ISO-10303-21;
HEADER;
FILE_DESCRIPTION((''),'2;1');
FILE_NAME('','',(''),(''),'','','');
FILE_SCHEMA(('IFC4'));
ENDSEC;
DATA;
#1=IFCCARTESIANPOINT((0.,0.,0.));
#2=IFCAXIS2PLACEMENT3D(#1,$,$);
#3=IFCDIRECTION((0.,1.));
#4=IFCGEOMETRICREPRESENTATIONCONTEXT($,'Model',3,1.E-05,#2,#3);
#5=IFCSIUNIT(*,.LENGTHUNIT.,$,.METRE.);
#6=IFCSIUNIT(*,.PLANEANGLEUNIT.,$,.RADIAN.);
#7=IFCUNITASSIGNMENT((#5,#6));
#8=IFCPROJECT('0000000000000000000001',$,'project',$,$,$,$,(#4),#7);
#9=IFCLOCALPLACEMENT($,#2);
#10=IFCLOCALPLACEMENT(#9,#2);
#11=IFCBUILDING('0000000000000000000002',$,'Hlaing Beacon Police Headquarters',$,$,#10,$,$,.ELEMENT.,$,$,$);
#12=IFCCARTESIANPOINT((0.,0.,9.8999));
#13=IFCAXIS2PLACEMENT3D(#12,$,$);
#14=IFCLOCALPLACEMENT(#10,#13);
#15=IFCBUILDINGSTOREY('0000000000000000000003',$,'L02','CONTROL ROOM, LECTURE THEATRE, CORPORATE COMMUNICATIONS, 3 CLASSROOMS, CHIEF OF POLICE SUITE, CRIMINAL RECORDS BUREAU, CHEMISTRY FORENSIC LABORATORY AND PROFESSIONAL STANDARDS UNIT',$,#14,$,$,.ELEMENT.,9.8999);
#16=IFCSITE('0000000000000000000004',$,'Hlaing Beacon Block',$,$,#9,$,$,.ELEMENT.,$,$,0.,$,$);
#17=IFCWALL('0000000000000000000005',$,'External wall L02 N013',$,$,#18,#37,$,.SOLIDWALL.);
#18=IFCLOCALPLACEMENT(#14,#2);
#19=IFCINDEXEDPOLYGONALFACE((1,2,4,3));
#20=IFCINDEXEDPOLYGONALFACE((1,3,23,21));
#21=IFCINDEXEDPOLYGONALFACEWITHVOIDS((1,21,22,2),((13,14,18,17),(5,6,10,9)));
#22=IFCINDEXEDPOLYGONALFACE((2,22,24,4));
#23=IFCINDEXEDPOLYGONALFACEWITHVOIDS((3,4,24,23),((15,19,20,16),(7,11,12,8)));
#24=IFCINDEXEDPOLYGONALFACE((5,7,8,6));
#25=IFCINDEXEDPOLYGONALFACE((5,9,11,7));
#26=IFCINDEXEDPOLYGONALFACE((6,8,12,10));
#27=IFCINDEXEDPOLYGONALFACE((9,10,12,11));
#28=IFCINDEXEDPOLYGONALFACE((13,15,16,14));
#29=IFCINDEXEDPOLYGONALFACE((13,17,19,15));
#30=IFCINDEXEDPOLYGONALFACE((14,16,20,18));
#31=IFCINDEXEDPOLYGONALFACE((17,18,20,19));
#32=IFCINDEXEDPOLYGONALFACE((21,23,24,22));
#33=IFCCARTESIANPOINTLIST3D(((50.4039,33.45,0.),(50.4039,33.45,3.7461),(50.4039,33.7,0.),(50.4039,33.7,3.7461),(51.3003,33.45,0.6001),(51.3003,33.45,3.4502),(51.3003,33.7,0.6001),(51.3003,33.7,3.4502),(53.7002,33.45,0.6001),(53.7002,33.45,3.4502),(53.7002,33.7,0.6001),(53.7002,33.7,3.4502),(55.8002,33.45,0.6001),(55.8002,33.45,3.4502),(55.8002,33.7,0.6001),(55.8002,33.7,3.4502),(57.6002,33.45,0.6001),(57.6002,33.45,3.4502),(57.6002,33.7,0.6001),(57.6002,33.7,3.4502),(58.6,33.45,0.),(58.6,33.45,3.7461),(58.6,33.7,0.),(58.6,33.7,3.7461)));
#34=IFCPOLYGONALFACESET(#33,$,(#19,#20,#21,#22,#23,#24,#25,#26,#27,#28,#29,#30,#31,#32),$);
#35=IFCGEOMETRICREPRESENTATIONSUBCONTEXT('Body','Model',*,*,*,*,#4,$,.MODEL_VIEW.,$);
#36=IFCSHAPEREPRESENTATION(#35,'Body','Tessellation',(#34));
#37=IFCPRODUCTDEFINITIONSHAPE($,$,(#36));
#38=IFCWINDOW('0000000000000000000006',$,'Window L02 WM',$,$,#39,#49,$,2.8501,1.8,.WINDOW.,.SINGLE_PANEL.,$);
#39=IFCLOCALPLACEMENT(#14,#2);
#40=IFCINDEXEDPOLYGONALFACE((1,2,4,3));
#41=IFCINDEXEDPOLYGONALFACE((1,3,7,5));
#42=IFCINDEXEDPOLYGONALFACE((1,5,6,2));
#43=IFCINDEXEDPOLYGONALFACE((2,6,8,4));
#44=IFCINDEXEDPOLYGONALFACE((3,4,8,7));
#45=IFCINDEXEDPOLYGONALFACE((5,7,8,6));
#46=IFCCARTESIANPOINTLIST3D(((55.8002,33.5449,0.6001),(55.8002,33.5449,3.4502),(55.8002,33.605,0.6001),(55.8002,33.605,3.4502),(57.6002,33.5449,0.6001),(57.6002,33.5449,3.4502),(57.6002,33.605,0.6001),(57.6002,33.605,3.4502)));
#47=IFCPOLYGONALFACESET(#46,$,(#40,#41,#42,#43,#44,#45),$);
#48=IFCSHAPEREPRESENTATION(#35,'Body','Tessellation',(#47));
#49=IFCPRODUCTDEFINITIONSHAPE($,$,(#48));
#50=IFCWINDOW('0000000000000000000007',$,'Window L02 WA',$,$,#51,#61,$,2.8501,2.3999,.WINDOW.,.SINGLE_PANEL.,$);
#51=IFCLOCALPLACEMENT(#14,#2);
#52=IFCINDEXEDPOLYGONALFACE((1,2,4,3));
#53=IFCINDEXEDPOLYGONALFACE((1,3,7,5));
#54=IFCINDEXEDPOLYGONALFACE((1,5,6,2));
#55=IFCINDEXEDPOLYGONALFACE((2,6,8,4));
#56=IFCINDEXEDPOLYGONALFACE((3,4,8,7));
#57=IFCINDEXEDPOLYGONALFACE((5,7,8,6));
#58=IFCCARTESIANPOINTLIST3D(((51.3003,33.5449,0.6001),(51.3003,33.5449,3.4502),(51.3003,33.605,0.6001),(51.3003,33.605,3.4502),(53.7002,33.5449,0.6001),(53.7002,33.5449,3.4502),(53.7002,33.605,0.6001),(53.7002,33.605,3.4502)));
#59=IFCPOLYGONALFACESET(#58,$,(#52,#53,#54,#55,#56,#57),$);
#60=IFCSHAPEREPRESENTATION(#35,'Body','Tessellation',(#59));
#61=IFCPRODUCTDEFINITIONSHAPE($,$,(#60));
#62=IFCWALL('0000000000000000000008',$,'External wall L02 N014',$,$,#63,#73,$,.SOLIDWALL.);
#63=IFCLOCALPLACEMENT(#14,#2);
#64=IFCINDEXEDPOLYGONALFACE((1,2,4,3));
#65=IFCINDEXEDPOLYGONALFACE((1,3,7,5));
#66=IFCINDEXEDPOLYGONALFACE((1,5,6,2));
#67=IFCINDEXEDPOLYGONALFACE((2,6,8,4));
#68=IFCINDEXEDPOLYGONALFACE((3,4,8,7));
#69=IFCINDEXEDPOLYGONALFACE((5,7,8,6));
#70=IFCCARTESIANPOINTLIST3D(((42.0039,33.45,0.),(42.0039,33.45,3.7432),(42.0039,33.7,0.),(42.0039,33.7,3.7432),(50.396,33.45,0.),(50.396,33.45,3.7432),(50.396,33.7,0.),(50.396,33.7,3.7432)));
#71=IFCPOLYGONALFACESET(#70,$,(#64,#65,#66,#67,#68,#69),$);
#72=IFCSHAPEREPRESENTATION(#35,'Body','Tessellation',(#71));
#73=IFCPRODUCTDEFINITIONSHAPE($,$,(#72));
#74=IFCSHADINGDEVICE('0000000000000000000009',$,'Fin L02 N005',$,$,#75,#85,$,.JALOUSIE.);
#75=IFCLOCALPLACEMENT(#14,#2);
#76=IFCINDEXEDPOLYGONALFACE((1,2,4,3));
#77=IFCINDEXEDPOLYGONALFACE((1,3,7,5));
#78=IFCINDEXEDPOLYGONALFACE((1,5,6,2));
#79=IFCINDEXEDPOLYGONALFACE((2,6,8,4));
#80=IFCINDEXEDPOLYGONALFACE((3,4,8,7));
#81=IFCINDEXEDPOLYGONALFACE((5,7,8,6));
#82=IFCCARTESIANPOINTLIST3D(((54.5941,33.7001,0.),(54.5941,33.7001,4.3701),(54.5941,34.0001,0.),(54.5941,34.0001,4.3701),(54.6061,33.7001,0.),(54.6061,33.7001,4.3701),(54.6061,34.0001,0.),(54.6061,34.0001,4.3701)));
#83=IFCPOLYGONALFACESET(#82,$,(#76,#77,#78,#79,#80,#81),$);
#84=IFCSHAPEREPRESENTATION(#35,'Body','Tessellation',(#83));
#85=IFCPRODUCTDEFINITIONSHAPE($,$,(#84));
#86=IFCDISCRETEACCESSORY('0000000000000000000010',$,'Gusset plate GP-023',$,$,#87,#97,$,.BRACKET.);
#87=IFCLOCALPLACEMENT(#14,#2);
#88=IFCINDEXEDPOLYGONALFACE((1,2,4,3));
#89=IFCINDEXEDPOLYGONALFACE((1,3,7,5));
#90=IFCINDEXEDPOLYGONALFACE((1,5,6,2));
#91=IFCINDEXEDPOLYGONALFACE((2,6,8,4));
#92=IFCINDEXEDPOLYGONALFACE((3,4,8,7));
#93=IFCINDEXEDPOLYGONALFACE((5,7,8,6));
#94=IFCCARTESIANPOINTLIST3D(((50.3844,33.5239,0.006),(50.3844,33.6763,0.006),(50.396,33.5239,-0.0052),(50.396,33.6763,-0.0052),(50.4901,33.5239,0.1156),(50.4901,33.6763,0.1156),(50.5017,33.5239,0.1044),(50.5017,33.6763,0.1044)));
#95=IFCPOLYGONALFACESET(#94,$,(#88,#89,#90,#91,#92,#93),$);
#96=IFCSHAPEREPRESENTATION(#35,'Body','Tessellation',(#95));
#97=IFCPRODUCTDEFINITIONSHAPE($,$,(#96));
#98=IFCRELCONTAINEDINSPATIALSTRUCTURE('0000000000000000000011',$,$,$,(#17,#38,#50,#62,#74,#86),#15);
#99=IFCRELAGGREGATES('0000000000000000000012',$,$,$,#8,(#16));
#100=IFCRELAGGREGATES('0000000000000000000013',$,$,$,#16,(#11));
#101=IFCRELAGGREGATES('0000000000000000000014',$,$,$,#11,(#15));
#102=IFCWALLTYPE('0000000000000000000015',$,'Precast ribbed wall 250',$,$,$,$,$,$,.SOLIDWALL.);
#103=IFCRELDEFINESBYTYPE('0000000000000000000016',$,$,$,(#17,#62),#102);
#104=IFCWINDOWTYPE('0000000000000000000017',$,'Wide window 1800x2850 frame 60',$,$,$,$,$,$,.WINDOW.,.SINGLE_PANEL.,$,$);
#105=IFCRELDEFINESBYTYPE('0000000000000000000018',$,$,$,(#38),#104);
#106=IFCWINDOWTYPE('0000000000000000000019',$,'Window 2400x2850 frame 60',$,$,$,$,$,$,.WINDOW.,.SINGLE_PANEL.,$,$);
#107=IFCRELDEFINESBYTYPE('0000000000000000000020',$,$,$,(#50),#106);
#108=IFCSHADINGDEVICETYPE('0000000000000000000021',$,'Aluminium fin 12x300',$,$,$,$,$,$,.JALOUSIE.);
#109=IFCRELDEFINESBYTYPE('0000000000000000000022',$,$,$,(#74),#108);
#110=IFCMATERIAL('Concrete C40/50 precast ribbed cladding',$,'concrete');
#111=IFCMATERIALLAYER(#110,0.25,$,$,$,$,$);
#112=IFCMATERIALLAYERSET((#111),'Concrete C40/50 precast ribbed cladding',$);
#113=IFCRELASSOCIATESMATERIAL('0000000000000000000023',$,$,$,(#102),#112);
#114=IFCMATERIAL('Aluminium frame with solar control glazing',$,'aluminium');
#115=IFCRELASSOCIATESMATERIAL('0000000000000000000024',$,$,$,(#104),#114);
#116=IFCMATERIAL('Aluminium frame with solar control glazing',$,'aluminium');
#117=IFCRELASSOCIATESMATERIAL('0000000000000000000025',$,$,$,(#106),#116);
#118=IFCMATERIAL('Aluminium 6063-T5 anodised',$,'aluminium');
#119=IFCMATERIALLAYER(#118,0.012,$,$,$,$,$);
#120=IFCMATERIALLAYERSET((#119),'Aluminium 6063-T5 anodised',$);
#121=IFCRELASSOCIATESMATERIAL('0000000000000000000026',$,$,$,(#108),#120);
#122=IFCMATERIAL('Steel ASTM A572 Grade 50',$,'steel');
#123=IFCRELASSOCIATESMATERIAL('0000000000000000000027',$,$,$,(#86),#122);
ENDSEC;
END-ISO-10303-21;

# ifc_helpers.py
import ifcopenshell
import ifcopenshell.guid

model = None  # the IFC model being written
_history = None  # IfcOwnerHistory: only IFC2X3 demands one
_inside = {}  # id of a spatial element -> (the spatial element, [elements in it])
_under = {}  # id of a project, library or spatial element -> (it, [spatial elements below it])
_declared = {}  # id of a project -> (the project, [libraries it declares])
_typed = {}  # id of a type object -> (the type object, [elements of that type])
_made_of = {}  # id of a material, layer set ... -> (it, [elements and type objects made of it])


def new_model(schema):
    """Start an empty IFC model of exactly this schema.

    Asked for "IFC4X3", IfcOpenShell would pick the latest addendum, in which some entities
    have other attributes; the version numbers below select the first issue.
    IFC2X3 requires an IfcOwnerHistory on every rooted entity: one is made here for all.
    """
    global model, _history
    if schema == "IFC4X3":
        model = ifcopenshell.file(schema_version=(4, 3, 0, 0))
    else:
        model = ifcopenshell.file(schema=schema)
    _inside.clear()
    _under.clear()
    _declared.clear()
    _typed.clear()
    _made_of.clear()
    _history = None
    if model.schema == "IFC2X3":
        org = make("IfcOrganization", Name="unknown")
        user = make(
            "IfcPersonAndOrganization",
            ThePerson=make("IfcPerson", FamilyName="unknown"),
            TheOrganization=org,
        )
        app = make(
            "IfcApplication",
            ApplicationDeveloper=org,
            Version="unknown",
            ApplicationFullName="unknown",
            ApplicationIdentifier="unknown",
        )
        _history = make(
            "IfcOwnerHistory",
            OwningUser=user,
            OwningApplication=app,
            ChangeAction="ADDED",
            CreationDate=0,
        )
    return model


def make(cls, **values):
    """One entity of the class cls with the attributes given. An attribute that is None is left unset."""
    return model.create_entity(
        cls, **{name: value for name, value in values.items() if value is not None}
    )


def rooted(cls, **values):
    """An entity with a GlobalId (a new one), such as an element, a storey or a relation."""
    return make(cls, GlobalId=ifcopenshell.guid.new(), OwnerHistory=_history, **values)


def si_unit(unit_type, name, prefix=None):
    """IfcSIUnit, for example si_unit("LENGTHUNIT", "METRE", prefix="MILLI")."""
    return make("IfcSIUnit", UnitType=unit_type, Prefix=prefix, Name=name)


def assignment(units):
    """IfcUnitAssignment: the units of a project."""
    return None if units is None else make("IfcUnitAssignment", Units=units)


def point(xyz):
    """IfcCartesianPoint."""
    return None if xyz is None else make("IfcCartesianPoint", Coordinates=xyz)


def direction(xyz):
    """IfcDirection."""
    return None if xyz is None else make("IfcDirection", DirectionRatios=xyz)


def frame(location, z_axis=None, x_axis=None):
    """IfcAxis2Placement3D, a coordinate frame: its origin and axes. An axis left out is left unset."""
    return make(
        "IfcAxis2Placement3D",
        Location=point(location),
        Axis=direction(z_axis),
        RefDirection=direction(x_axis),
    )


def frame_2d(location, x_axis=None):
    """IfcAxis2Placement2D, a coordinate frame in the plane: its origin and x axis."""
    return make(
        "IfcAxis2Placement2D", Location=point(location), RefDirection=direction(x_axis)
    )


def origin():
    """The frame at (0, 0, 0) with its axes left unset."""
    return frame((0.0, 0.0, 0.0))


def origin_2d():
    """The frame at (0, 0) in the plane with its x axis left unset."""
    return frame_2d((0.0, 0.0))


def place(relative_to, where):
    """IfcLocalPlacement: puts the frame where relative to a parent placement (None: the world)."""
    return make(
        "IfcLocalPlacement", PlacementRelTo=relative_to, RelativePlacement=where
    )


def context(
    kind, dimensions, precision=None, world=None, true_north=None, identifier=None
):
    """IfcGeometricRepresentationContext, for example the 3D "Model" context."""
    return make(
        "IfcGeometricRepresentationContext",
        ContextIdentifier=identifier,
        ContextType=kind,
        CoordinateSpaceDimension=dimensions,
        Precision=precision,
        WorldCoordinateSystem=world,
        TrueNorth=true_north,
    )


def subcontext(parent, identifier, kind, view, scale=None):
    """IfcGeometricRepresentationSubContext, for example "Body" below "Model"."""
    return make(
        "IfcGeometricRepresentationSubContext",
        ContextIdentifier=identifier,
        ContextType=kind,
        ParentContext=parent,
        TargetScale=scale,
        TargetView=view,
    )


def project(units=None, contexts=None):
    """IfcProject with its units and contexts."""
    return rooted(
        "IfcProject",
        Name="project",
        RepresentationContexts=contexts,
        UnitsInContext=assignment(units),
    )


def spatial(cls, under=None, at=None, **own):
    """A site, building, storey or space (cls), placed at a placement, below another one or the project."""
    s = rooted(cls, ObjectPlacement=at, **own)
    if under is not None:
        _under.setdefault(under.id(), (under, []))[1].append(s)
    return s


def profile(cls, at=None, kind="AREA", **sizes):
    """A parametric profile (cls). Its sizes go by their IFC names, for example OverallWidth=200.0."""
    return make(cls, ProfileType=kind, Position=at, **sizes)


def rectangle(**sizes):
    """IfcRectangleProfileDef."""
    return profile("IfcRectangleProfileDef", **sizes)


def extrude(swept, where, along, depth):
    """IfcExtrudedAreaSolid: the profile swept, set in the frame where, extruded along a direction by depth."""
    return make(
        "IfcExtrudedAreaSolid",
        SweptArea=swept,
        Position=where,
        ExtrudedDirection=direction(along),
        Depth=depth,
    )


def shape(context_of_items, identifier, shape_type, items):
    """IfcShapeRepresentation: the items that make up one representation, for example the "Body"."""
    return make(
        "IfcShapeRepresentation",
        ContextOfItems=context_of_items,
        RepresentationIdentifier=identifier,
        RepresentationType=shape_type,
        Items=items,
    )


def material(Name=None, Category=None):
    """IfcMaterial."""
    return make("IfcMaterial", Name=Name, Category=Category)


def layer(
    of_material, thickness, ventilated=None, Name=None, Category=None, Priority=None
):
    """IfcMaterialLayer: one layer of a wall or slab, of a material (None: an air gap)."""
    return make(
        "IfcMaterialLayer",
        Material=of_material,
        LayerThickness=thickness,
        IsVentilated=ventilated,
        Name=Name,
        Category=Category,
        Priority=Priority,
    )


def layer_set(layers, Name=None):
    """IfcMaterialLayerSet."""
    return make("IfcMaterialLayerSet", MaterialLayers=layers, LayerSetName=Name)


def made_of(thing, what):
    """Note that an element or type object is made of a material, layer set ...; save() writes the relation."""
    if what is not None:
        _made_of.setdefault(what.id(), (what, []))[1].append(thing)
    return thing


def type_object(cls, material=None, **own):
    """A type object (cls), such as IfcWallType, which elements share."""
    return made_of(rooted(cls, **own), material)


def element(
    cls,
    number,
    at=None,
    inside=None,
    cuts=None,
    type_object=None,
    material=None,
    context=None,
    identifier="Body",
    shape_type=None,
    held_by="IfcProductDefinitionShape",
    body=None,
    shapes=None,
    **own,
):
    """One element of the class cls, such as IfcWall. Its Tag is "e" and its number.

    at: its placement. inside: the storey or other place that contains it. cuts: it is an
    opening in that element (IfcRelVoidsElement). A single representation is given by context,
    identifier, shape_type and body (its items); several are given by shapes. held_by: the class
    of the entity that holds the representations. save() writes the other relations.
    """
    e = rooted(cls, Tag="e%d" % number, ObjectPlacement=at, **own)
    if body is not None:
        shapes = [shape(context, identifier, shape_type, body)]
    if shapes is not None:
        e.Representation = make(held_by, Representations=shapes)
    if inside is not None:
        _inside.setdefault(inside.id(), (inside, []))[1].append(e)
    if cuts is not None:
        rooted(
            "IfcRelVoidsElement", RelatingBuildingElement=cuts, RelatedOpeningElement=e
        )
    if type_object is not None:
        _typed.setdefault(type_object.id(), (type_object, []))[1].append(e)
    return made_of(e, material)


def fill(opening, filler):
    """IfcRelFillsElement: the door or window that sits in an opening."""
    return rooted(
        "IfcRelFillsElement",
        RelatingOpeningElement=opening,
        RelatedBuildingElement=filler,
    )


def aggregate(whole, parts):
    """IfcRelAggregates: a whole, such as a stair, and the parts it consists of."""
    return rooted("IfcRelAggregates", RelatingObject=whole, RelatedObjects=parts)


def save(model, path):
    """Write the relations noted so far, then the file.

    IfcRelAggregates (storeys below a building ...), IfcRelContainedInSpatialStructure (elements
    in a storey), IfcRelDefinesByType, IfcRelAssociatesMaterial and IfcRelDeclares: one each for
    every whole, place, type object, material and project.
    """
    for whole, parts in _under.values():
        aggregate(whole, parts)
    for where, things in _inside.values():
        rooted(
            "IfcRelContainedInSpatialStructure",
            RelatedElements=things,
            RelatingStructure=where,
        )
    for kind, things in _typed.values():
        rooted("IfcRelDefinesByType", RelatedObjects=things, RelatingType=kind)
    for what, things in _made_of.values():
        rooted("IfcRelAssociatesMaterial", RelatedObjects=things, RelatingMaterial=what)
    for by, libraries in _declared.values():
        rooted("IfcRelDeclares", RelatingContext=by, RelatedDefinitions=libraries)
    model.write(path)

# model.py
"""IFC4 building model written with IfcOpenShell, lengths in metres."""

from ifc_helpers import new_model, si_unit, direction, frame, frame_2d, origin, origin_2d, place, context, subcontext, project, spatial, rectangle, extrude, material, layer, layer_set, type_object, element, fill, save


model = new_model("IFC4")

# Units and contexts
model_context = context("Model", 3, precision=1e-05, world=origin(), true_north=direction((0.0, 1.0)))
body_context = subcontext(model_context, "Body", "Model", "MODEL_VIEW")
ifc_project = project(units=[si_unit("LENGTHUNIT", "METRE"), si_unit("PLANEANGLEUNIT", "RADIAN")], contexts=[model_context])

# Site, building, storey
site_placement = place(None, origin())
site = spatial("IfcSite", under=ifc_project, at=site_placement, Name="Hlaing Beacon Block", CompositionType="ELEMENT", RefElevation=0.0)
building_placement = place(site_placement, origin())
building = spatial("IfcBuilding", under=site, at=building_placement, Name="Hlaing Beacon Police Headquarters", CompositionType="ELEMENT")
storey_placement = place(building_placement, frame((0.0, 0.0, 9.8999)))
storey = spatial("IfcBuildingStorey", under=building, at=storey_placement, Name="L02", Description="CONTROL ROOM, LECTURE THEATRE, CORPORATE COMMUNICATIONS, 3 CLASSROOMS, CHIEF OF POLICE SUITE, CRIMINAL RECORDS BUREAU, CHEMISTRY FORENSIC LABORATORY AND PROFESSIONAL STANDARDS UNIT", CompositionType="ELEMENT", Elevation=9.8999)

# Wall, openings, windows
ifc_material_1 = material(Name="Concrete C40/50 precast ribbed cladding", Category="concrete")
ifc_layer_1 = layer(ifc_material_1, 0.25)
ifc_layer_set_1 = layer_set([ifc_layer_1], Name="Concrete C40/50 precast ribbed cladding")
wall_type_1 = type_object("IfcWallType", Name="Precast ribbed wall 250", PredefinedType="SOLIDWALL", material=ifc_layer_set_1)
wall_1_placement = place(storey_placement, frame((58.6001, 33.575, 0.0), z_axis=(0.0, 0.0, 1.0), x_axis=(-1.0, 0.0, 0.0)))
wall_1 = element("IfcWall", 1, at=wall_1_placement, inside=storey, type_object=wall_type_1, Name="External wall L02 N013", PredefinedType="SOLIDWALL", context=body_context, shape_type="SweptSolid", body=[
    extrude(rectangle(XDim=8.196, YDim=0.25, at=frame_2d((4.0981, 0.0))), origin(), (0.0, 0.0, 1.0), 3.7461),
])
opening_1_placement = place(wall_1_placement, frame((1.0, 0.0, 0.6001)))
opening_1 = element("IfcOpeningElement", 2, at=opening_1_placement, cuts=wall_1, PredefinedType="OPENING", context=body_context, shape_type="SweptSolid", body=[
    extrude(rectangle(XDim=1.8, YDim=2.8501, at=frame_2d((0.8999, 1.425))), frame((0.0, 0.135, 0.0), z_axis=(0.0, -1.0, 0.0), x_axis=(1.0, 0.0, 0.0)), (0.0, 0.0, 1.0), 0.27),
])
opening_2_placement = place(wall_1_placement, frame((4.8999, 0.0, 0.6001)))
opening_2 = element("IfcOpeningElement", 3, at=opening_2_placement, cuts=wall_1, PredefinedType="OPENING", context=body_context, shape_type="SweptSolid", body=[
    extrude(rectangle(XDim=2.3999, YDim=2.8501, at=frame_2d((1.2, 1.425))), frame((0.0, 0.135, 0.0), z_axis=(0.0, -1.0, 0.0), x_axis=(1.0, 0.0, 0.0)), (0.0, 0.0, 1.0), 0.27),
])
ifc_material_2 = material(Name="Aluminium frame with solar control glazing", Category="aluminium")
window_type_1 = type_object("IfcWindowType", Name="Wide window 1800x2850 frame 60", PartitioningType="SINGLE_PANEL", PredefinedType="WINDOW", material=ifc_material_2)
window_1_placement = place(opening_1_placement, origin())
window_1 = element("IfcWindow", 4, at=window_1_placement, inside=storey, type_object=window_type_1, Name="Window L02 WM", OverallHeight=2.8501, OverallWidth=1.8, PartitioningType="SINGLE_PANEL", PredefinedType="WINDOW", context=body_context, shape_type="SweptSolid", body=[
    extrude(rectangle(XDim=1.8, YDim=2.8501, at=frame_2d((0.8999, 1.425))), frame((0.0, 0.03, 0.0), z_axis=(0.0, -1.0, 0.0), x_axis=(1.0, 0.0, 0.0)), (0.0, 0.0, 1.0), 0.0601),
])
fill(opening_1, window_1)
ifc_material_3 = material(Name="Aluminium frame with solar control glazing", Category="aluminium")
window_type_2 = type_object("IfcWindowType", Name="Window 2400x2850 frame 60", PartitioningType="SINGLE_PANEL", PredefinedType="WINDOW", material=ifc_material_3)
window_2_placement = place(opening_2_placement, origin())
window_2 = element("IfcWindow", 5, at=window_2_placement, inside=storey, type_object=window_type_2, Name="Window L02 WA", OverallHeight=2.8501, OverallWidth=2.3999, PartitioningType="SINGLE_PANEL", PredefinedType="WINDOW", context=body_context, shape_type="SweptSolid", body=[
    extrude(rectangle(XDim=2.3999, YDim=2.8501, at=frame_2d((1.2, 1.425))), frame((0.0, 0.03, 0.0), z_axis=(0.0, -1.0, 0.0), x_axis=(1.0, 0.0, 0.0)), (0.0, 0.0, 1.0), 0.0601),
])
fill(opening_2, window_2)

# Wall
wall_2_placement = place(storey_placement, frame((50.396, 33.575, 0.0), z_axis=(0.0, 0.0, 1.0), x_axis=(-1.0, 0.0, 0.0)))
element("IfcWall", 6, at=wall_2_placement, inside=storey, type_object=wall_type_1, Name="External wall L02 N014", PredefinedType="SOLIDWALL", context=body_context, shape_type="SweptSolid", body=[
    extrude(rectangle(XDim=8.3921, YDim=0.25, at=frame_2d((4.196, 0.0))), origin(), (0.0, 0.0, 1.0), 3.7432),
])

# Shading device
ifc_material_4 = material(Name="Aluminium 6063-T5 anodised", Category="aluminium")
ifc_layer_2 = layer(ifc_material_4, 0.012)
ifc_layer_set_2 = layer_set([ifc_layer_2], Name="Aluminium 6063-T5 anodised")
shading_device_type = type_object("IfcShadingDeviceType", Name="Aluminium fin 12x300", PredefinedType="JALOUSIE", material=ifc_layer_set_2)
shading_device_placement = place(storey_placement, frame((54.6001, 33.8501, 0.0), z_axis=(0.0, 0.0, 1.0), x_axis=(-1.0, 0.0, 0.0)))
element("IfcShadingDevice", 7, at=shading_device_placement, inside=storey, type_object=shading_device_type, Name="Fin L02 N005", PredefinedType="JALOUSIE", context=body_context, shape_type="SweptSolid", body=[
    extrude(rectangle(XDim=0.012, YDim=0.3, at=origin_2d()), origin(), (0.0, 0.0, 1.0), 4.3701),
])

# Discrete accessory
ifc_material_5 = material(Name="Steel ASTM A572 Grade 50", Category="steel")
discrete_accessory_placement = place(storey_placement, frame((50.4373, 33.6001, 0.0608), z_axis=(0.719921, 0.0, -0.694056), x_axis=(0.0, 1.0, 0.0)))
element("IfcDiscreteAccessory", 8, at=discrete_accessory_placement, inside=storey, material=ifc_material_5, Name="Gusset plate GP-023", PredefinedType="BRACKET", context=body_context, shape_type="SweptSolid", body=[
    extrude(rectangle(XDim=0.1523, YDim=0.1523, at=origin_2d()), origin(), (0.0, 0.0, 1.0), 0.0161),
])

save(model, "model.ifc")
